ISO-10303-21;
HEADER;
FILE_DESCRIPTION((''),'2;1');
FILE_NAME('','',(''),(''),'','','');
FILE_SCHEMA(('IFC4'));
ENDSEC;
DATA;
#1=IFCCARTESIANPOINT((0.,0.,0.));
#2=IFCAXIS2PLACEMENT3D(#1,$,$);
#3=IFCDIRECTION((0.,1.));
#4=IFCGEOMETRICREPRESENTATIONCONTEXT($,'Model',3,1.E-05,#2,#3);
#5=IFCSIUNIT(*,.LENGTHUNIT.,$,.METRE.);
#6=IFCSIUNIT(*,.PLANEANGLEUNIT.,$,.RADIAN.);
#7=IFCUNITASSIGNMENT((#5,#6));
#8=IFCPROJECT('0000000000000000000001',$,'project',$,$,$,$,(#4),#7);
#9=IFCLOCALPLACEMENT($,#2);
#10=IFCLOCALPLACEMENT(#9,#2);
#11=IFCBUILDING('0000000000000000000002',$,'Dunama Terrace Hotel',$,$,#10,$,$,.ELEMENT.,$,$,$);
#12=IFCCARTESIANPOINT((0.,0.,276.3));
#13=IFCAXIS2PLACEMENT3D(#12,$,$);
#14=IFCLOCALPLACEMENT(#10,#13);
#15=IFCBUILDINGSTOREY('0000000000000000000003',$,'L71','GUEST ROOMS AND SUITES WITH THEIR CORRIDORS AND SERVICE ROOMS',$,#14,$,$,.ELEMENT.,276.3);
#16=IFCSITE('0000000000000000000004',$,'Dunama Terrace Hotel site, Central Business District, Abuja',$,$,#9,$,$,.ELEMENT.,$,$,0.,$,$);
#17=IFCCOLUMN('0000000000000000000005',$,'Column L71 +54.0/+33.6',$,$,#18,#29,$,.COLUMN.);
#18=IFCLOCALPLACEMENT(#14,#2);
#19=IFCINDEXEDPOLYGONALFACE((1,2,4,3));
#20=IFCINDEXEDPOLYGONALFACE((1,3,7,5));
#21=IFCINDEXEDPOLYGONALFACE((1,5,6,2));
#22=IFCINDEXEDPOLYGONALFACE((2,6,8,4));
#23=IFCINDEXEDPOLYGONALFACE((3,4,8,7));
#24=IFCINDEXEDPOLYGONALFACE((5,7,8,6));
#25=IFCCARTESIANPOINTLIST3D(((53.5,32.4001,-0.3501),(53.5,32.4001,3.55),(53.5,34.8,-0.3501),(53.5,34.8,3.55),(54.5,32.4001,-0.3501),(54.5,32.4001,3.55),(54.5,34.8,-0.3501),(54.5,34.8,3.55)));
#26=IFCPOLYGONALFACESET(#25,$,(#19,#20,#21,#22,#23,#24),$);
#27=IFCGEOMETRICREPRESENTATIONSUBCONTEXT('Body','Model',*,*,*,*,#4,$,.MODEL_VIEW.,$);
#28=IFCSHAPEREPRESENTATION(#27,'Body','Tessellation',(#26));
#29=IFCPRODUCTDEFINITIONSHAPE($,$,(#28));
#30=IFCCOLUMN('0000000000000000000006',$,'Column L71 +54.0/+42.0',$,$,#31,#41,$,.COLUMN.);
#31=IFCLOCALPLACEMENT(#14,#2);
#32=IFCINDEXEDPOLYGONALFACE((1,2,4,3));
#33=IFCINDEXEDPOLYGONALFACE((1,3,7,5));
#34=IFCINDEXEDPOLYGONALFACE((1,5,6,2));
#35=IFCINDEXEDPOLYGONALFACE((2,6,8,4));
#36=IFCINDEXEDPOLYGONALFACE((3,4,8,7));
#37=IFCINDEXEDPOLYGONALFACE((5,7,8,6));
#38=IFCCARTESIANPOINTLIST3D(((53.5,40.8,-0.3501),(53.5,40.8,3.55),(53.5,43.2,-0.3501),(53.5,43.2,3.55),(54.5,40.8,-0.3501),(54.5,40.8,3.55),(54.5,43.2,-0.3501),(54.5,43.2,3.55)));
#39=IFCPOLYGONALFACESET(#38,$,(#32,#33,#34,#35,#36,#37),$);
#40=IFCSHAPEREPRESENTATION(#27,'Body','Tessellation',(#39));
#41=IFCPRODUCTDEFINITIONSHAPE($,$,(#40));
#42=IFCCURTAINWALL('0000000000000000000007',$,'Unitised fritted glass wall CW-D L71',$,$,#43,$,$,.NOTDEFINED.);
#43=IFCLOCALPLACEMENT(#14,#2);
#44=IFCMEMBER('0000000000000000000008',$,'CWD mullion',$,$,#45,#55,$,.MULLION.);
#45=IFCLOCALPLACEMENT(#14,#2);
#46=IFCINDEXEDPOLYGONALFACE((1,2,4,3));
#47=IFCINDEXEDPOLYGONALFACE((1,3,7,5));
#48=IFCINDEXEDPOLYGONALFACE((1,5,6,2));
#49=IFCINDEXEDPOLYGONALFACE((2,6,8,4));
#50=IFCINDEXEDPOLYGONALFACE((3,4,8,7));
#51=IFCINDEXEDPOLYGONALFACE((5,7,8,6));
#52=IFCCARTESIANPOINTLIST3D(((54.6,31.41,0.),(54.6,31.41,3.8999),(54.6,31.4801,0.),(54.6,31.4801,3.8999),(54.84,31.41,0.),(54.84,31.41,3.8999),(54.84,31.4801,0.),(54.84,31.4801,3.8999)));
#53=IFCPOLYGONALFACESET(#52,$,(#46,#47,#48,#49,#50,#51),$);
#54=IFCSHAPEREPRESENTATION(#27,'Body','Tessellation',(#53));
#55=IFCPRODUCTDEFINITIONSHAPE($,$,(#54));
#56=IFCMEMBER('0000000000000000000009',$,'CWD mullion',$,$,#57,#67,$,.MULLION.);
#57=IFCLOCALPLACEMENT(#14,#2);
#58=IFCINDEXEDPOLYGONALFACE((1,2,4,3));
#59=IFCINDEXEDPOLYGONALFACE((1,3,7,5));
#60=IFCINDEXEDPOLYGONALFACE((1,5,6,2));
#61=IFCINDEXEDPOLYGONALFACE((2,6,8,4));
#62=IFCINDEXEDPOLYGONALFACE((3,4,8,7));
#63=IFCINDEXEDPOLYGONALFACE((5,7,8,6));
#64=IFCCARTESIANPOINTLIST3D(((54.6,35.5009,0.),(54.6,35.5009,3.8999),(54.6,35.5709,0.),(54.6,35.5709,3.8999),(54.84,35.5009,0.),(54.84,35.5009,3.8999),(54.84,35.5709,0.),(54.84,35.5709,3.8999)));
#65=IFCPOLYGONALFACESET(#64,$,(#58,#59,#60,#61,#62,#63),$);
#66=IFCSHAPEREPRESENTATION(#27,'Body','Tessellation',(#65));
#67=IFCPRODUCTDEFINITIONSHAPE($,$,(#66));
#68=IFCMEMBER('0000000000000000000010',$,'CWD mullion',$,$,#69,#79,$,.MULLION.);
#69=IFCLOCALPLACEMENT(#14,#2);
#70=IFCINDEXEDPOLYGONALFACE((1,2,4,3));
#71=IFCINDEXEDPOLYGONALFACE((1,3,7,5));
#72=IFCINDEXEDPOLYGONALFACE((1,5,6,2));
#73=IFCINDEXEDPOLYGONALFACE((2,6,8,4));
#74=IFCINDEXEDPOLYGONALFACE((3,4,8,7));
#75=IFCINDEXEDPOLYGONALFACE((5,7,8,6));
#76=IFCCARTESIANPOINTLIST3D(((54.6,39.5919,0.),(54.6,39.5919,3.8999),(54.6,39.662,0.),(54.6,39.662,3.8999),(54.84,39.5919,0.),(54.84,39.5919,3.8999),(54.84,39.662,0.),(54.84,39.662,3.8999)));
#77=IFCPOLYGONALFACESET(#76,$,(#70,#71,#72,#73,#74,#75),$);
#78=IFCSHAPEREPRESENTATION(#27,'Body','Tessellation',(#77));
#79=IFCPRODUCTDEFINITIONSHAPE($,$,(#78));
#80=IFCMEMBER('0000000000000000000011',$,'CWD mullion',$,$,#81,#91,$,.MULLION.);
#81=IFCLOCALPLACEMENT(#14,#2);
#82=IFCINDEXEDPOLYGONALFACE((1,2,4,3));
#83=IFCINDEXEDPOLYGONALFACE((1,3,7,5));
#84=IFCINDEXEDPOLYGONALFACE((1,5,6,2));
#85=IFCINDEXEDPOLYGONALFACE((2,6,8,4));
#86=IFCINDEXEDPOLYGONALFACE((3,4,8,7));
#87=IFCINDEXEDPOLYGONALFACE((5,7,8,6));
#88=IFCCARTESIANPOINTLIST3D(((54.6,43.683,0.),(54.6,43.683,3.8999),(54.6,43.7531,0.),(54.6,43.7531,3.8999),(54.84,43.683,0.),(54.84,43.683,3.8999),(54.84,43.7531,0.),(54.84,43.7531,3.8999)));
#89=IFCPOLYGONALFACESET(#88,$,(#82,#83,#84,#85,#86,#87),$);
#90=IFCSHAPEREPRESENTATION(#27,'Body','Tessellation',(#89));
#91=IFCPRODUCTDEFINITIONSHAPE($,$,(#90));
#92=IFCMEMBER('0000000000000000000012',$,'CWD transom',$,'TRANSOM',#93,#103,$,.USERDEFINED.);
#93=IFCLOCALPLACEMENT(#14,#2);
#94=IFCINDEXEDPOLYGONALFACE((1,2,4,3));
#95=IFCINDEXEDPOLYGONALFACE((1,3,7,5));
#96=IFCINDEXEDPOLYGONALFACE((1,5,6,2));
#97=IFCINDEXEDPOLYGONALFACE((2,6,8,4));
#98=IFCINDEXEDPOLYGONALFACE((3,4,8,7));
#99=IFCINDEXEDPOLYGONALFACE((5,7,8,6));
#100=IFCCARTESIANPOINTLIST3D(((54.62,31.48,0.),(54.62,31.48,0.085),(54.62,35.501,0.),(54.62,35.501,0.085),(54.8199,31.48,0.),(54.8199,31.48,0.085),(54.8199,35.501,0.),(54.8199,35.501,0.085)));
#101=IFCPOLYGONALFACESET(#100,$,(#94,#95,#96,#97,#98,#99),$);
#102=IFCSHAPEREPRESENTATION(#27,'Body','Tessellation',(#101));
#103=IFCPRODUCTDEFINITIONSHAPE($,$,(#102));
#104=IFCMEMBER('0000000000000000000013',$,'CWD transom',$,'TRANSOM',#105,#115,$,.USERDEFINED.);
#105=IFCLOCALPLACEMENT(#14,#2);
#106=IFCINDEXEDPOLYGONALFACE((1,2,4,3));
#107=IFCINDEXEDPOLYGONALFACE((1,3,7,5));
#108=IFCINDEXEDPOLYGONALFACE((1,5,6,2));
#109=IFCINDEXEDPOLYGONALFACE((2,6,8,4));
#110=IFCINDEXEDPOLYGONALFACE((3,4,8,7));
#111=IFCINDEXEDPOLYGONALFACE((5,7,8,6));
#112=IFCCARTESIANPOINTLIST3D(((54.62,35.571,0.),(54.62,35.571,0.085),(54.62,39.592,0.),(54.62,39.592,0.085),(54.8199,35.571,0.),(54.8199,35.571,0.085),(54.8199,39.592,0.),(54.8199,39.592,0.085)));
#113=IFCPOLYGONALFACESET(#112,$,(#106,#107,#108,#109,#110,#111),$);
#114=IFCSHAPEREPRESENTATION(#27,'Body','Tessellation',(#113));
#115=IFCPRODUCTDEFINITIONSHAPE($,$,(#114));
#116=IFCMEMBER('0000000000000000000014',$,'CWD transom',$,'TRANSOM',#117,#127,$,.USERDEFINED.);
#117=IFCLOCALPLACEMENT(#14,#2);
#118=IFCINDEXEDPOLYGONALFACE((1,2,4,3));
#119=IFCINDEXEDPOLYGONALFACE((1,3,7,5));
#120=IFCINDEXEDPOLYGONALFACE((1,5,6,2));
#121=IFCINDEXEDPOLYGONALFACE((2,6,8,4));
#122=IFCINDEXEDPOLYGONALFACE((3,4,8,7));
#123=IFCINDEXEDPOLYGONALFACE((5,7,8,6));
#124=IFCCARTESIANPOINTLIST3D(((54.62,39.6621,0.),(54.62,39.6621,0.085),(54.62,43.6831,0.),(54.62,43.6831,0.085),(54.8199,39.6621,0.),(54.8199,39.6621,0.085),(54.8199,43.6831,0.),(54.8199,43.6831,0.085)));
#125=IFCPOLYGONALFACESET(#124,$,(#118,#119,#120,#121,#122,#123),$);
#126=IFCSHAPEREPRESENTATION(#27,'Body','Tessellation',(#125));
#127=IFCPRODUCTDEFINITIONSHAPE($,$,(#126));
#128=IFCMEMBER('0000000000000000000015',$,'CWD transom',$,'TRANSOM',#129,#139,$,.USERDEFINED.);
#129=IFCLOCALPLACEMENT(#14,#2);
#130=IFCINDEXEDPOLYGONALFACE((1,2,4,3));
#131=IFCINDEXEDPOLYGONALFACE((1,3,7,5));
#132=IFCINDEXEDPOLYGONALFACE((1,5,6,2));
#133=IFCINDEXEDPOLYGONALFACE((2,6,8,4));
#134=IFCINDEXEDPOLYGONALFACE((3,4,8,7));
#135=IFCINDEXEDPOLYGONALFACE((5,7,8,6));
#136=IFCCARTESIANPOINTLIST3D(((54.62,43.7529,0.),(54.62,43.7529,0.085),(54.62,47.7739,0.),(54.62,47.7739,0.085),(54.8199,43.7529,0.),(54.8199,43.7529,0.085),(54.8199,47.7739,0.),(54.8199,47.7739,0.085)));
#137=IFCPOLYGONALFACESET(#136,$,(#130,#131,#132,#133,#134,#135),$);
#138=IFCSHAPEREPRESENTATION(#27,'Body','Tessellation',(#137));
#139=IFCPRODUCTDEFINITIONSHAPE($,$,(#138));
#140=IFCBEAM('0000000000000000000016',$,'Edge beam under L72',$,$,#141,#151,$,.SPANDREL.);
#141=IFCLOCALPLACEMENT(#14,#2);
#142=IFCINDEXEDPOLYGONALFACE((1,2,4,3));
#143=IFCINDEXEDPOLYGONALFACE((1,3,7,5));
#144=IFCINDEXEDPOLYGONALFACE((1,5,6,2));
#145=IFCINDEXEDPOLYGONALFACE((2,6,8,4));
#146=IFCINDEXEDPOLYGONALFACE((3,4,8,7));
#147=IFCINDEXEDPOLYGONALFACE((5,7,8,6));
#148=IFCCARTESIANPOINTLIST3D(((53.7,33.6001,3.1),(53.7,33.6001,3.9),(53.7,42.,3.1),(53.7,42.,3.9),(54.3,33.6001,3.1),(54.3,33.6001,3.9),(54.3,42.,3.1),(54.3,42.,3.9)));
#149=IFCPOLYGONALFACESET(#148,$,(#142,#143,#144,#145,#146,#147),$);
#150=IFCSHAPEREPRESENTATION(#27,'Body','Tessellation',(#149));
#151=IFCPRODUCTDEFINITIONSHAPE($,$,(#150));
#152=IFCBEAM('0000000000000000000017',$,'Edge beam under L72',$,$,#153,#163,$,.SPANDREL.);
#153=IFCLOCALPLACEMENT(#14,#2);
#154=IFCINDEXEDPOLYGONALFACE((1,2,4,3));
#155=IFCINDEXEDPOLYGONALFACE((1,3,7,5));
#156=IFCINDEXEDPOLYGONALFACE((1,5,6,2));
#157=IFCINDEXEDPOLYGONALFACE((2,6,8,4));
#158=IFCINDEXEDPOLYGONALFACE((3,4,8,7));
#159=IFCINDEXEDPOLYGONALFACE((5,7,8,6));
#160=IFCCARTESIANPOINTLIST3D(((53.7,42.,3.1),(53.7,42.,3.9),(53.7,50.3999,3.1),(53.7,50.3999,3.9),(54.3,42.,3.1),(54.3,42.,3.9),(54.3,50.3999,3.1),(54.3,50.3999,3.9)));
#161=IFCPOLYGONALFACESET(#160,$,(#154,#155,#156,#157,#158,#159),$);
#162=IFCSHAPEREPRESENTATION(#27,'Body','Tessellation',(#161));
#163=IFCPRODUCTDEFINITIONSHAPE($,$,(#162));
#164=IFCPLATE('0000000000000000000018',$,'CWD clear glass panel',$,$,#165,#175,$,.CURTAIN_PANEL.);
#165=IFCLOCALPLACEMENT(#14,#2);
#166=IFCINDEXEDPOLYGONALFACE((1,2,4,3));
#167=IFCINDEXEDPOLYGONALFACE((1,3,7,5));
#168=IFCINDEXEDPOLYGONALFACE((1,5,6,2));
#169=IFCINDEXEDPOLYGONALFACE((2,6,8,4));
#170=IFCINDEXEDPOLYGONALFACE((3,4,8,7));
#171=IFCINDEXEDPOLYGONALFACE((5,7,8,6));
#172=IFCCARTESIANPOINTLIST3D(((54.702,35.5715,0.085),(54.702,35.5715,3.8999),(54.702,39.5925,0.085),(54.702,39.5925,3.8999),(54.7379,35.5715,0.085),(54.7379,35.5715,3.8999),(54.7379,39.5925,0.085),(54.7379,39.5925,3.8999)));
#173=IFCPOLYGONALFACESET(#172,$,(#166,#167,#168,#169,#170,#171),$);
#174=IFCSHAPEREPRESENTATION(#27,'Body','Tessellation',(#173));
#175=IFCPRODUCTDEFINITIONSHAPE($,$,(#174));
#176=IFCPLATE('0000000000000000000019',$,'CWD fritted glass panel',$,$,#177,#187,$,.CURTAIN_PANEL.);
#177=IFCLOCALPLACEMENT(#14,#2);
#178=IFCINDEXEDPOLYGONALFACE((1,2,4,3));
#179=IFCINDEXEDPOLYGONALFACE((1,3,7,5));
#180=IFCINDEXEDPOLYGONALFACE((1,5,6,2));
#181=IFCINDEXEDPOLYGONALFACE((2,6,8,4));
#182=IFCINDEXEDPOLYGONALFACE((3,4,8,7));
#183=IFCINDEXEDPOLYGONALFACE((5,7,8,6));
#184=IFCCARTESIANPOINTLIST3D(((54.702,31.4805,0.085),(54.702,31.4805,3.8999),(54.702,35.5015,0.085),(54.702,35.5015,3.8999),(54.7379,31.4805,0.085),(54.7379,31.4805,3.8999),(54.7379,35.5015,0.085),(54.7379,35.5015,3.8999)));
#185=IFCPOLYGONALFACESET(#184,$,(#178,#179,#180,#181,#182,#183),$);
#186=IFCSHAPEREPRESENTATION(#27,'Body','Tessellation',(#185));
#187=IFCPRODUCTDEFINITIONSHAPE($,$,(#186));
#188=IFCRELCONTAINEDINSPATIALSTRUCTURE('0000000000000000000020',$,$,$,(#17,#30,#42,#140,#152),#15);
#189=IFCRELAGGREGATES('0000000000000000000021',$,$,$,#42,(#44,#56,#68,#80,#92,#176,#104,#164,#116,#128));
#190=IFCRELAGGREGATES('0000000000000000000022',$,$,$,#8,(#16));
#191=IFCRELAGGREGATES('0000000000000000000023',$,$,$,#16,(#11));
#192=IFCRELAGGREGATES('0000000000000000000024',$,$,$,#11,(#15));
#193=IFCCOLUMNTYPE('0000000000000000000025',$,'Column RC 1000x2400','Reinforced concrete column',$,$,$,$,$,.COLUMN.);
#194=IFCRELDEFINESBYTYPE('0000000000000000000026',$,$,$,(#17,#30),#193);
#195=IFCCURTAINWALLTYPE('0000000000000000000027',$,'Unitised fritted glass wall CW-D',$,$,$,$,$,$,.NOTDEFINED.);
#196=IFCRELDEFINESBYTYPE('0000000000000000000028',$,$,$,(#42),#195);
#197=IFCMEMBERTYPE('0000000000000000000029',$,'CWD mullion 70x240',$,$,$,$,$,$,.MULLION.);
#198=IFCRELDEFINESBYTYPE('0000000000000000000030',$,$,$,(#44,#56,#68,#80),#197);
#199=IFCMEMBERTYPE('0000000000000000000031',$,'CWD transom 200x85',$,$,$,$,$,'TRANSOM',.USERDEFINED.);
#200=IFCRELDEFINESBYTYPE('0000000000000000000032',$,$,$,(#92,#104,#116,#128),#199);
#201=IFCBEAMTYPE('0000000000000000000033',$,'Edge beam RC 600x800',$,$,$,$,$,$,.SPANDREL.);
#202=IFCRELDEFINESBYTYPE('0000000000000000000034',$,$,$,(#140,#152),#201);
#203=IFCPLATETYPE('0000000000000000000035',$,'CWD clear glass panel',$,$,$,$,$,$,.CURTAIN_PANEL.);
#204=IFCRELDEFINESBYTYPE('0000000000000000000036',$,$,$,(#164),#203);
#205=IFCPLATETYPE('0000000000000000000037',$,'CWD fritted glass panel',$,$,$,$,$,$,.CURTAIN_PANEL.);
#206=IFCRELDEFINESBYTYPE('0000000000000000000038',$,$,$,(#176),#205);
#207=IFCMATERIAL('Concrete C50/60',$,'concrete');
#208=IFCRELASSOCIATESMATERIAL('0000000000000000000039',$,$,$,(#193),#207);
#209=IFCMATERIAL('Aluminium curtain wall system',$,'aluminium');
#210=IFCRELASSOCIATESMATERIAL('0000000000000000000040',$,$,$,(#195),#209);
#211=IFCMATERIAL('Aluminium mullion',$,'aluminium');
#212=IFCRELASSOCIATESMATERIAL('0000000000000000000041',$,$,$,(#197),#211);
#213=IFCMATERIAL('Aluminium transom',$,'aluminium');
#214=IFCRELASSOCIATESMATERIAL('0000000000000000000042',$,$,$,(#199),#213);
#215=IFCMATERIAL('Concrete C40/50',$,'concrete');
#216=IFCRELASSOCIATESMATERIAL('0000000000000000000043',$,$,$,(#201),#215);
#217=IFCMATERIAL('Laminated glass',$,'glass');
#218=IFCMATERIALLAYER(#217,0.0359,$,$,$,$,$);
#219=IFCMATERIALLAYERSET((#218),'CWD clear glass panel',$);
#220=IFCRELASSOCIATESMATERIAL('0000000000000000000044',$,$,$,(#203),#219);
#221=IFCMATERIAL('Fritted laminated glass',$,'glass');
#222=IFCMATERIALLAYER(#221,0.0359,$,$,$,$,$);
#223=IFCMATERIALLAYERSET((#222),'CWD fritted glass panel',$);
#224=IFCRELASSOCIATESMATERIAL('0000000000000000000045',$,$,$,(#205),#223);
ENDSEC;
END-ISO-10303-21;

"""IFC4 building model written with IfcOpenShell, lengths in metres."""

from ifc_helpers import new_model, si_unit, direction, frame, origin, origin_2d, place, context, subcontext, project, spatial, rectangle, extrude, material, layer, layer_set, material_profile, profile_set, type_object, element, aggregate, save


model = new_model("IFC4")

# Units and contexts
model_context = context("Model", 3, precision=1e-05, world=origin(), true_north=direction((0.0, 1.0)))
body_context = subcontext(model_context, "Body", "Model", "MODEL_VIEW")
ifc_project = project(units=[si_unit("LENGTHUNIT", "METRE"), si_unit("PLANEANGLEUNIT", "RADIAN")], contexts=[model_context])

# Site, building, storey
site_placement = place(None, origin())
site = spatial("IfcSite", under=ifc_project, at=site_placement, Name="Dunama Terrace Hotel site, Central Business District, Abuja", CompositionType="ELEMENT", RefElevation=0.0)
building_placement = place(site_placement, origin())
building = spatial("IfcBuilding", under=site, at=building_placement, Name="Dunama Terrace Hotel", CompositionType="ELEMENT")
storey_placement = place(building_placement, frame((0.0, 0.0, 276.3)))
storey = spatial("IfcBuildingStorey", under=building, at=storey_placement, Name="L71", Description="GUEST ROOMS AND SUITES WITH THEIR CORRIDORS AND SERVICE ROOMS", CompositionType="ELEMENT", Elevation=276.3)

# Columns
ifc_material_1 = material(Name="Concrete C50/60", Category="concrete")
ifc_material_profile_1 = material_profile(ifc_material_1, rectangle(XDim=1.0, YDim=2.3999, at=origin_2d()), Name="RC 1000x2400")
ifc_profile_set_1 = profile_set([ifc_material_profile_1], Name="Concrete C50/60")
column_type = type_object("IfcColumnType", Name="Column RC 1000x2400", Description="Reinforced concrete column", PredefinedType="COLUMN", material=ifc_profile_set_1)
for number, where, z_axis, x_axis, name in (
    (1, (54.0, 33.6001, -0.3501), (0.0, 0.0, 1.0), (1.0, 0.0, 0.0), "Column L71 +54.0/+33.6"),
    (2, (54.0, 42.0, -0.3501), (0.0, 0.0, 1.0), (1.0, 0.0, 0.0), "Column L71 +54.0/+42.0"),
):
    element("IfcColumn", number, at=place(storey_placement, frame(where, z_axis=z_axis, x_axis=x_axis)), inside=storey, type_object=column_type, Name=name, PredefinedType="COLUMN", context=body_context, shape_type="SweptSolid", body=[
        extrude(rectangle(XDim=1.0, YDim=2.3999, at=origin_2d()), origin(), (0.0, 0.0, 1.0), 3.9001),
    ])

# Curtain wall, members
ifc_material_2 = material(Name="Aluminium curtain wall system", Category="aluminium")
curtain_wall_type = type_object("IfcCurtainWallType", Name="Unitised fritted glass wall CW-D", PredefinedType="NOTDEFINED", material=ifc_material_2)
curtain_wall_placement = place(storey_placement, origin())
curtain_wall = element("IfcCurtainWall", 3, at=curtain_wall_placement, inside=storey, type_object=curtain_wall_type, Name="Unitised fritted glass wall CW-D L71", PredefinedType="NOTDEFINED")
ifc_material_3 = material(Name="Aluminium mullion", Category="aluminium")
ifc_material_profile_2 = material_profile(ifc_material_3, rectangle(XDim=0.0701, YDim=0.24, at=origin_2d()), Name="CWD MULLION 70X240")
ifc_profile_set_2 = profile_set([ifc_material_profile_2], Name="Aluminium mullion")
member_type_1 = type_object("IfcMemberType", Name="CWD mullion 70x240", PredefinedType="MULLION", material=ifc_profile_set_2)
member_1_placement = place(storey_placement, frame((54.72, 31.4451, 0.0), z_axis=(0.0, 0.0, 1.0), x_axis=(0.0, 1.0, 0.0)))
member_1 = element("IfcMember", 4, at=member_1_placement, type_object=member_type_1, Name="CWD mullion", PredefinedType="MULLION", context=body_context, shape_type="SweptSolid", body=[
    extrude(rectangle(XDim=0.0701, YDim=0.24, at=origin_2d()), origin(), (0.0, 0.0, 1.0), 3.8999),
])
member_2_placement = place(storey_placement, frame((54.72, 35.5359, 0.0), z_axis=(0.0, 0.0, 1.0), x_axis=(0.0, 1.0, 0.0)))
member_2 = element("IfcMember", 5, at=member_2_placement, type_object=member_type_1, Name="CWD mullion", PredefinedType="MULLION", context=body_context, shape_type="SweptSolid", body=[
    extrude(rectangle(XDim=0.0701, YDim=0.24, at=origin_2d()), origin(), (0.0, 0.0, 1.0), 3.8999),
])
member_3_placement = place(storey_placement, frame((54.72, 39.627, 0.0), z_axis=(0.0, 0.0, 1.0), x_axis=(0.0, 1.0, 0.0)))
member_3 = element("IfcMember", 6, at=member_3_placement, type_object=member_type_1, Name="CWD mullion", PredefinedType="MULLION", context=body_context, shape_type="SweptSolid", body=[
    extrude(rectangle(XDim=0.0701, YDim=0.24, at=origin_2d()), origin(), (0.0, 0.0, 1.0), 3.8999),
])
member_4_placement = place(storey_placement, frame((54.72, 43.718, 0.0), z_axis=(0.0, 0.0, 1.0), x_axis=(0.0, 1.0, 0.0)))
member_4 = element("IfcMember", 7, at=member_4_placement, type_object=member_type_1, Name="CWD mullion", PredefinedType="MULLION", context=body_context, shape_type="SweptSolid", body=[
    extrude(rectangle(XDim=0.0701, YDim=0.24, at=origin_2d()), origin(), (0.0, 0.0, 1.0), 3.8999),
])
ifc_material_4 = material(Name="Aluminium transom", Category="aluminium")
ifc_material_profile_3 = material_profile(ifc_material_4, rectangle(XDim=0.2, YDim=0.085, at=origin_2d()), Name="CWD TRANSOM 200X85")
ifc_profile_set_3 = profile_set([ifc_material_profile_3], Name="Aluminium transom")
member_type_2 = type_object("IfcMemberType", Name="CWD transom 200x85", ElementType="TRANSOM", PredefinedType="USERDEFINED", material=ifc_profile_set_3)
member_5_placement = place(storey_placement, frame((54.72, 31.48, 0.0425), z_axis=(0.0, 1.0, 0.0), x_axis=(-1.0, 0.0, 0.0)))
member_5 = element("IfcMember", 8, at=member_5_placement, type_object=member_type_2, Name="CWD transom", ObjectType="TRANSOM", PredefinedType="USERDEFINED", context=body_context, shape_type="SweptSolid", body=[
    extrude(rectangle(XDim=0.2, YDim=0.085, at=origin_2d()), origin(), (0.0, 0.0, 1.0), 4.021),
])
member_6_placement = place(storey_placement, frame((54.72, 35.571, 0.0425), z_axis=(0.0, 1.0, 0.0), x_axis=(-1.0, 0.0, 0.0)))
member_6 = element("IfcMember", 9, at=member_6_placement, type_object=member_type_2, Name="CWD transom", ObjectType="TRANSOM", PredefinedType="USERDEFINED", context=body_context, shape_type="SweptSolid", body=[
    extrude(rectangle(XDim=0.2, YDim=0.085, at=origin_2d()), origin(), (0.0, 0.0, 1.0), 4.021),
])
member_7_placement = place(storey_placement, frame((54.72, 39.6621, 0.0425), z_axis=(0.0, 1.0, 0.0), x_axis=(-1.0, 0.0, 0.0)))
member_7 = element("IfcMember", 10, at=member_7_placement, type_object=member_type_2, Name="CWD transom", ObjectType="TRANSOM", PredefinedType="USERDEFINED", context=body_context, shape_type="SweptSolid", body=[
    extrude(rectangle(XDim=0.2, YDim=0.085, at=origin_2d()), origin(), (0.0, 0.0, 1.0), 4.021),
])
member_8_placement = place(storey_placement, frame((54.72, 43.7529, 0.0425), z_axis=(0.0, 1.0, 0.0), x_axis=(-1.0, 0.0, 0.0)))
member_8 = element("IfcMember", 11, at=member_8_placement, type_object=member_type_2, Name="CWD transom", ObjectType="TRANSOM", PredefinedType="USERDEFINED", context=body_context, shape_type="SweptSolid", body=[
    extrude(rectangle(XDim=0.2, YDim=0.085, at=origin_2d()), origin(), (0.0, 0.0, 1.0), 4.021),
])

# Beams
ifc_material_5 = material(Name="Concrete C40/50", Category="concrete")
ifc_material_profile_4 = material_profile(ifc_material_5, rectangle(XDim=0.6001, YDim=0.8, at=origin_2d()), Name="RC 600x800")
ifc_profile_set_4 = profile_set([ifc_material_profile_4], Name="Concrete C40/50")
beam_type = type_object("IfcBeamType", Name="Edge beam RC 600x800", PredefinedType="SPANDREL", material=ifc_profile_set_4)
for number, where, z_axis, x_axis, name in (
    (12, (54.0, 33.6001, 3.5), (0.0, 1.0, 0.0), (-1.0, 0.0, 0.0), "Edge beam under L72"),
    (13, (54.0, 42.0, 3.5), (0.0, 1.0, 0.0), (-1.0, 0.0, 0.0), "Edge beam under L72"),
):
    element("IfcBeam", number, at=place(storey_placement, frame(where, z_axis=z_axis, x_axis=x_axis)), inside=storey, type_object=beam_type, Name=name, PredefinedType="SPANDREL", context=body_context, shape_type="SweptSolid", body=[
        extrude(rectangle(XDim=0.6001, YDim=0.8, at=origin_2d()), origin(), (0.0, 0.0, 1.0), 8.3999),
    ])

# Plates
ifc_material_6 = material(Name="Laminated glass", Category="glass")
ifc_layer_1 = layer(ifc_material_6, 0.0359)
ifc_layer_set_1 = layer_set([ifc_layer_1], Name="CWD clear glass panel")
plate_type_1 = type_object("IfcPlateType", Name="CWD clear glass panel", PredefinedType="CURTAIN_PANEL", material=ifc_layer_set_1)
plate_1_placement = place(storey_placement, frame((54.72, 37.582, 0.085), z_axis=(0.0, 0.0, 1.0), x_axis=(0.0, 1.0, 0.0)))
plate_1 = element("IfcPlate", 14, at=plate_1_placement, type_object=plate_type_1, Name="CWD clear glass panel", PredefinedType="CURTAIN_PANEL", context=body_context, shape_type="SweptSolid", body=[
    extrude(rectangle(XDim=4.021, YDim=0.0359, at=origin_2d()), origin(), (0.0, 0.0, 1.0), 3.8149),
])
ifc_material_7 = material(Name="Fritted laminated glass", Category="glass")
ifc_layer_2 = layer(ifc_material_7, 0.0359)
ifc_layer_set_2 = layer_set([ifc_layer_2], Name="CWD fritted glass panel")
plate_type_2 = type_object("IfcPlateType", Name="CWD fritted glass panel", PredefinedType="CURTAIN_PANEL", material=ifc_layer_set_2)
plate_2_placement = place(storey_placement, frame((54.72, 33.491, 0.085), z_axis=(0.0, 0.0, 1.0), x_axis=(0.0, 1.0, 0.0)))
plate_2 = element("IfcPlate", 15, at=plate_2_placement, type_object=plate_type_2, Name="CWD fritted glass panel", PredefinedType="CURTAIN_PANEL", context=body_context, shape_type="SweptSolid", body=[
    extrude(rectangle(XDim=4.021, YDim=0.0359, at=origin_2d()), origin(), (0.0, 0.0, 1.0), 3.8149),
])
aggregate(curtain_wall, [member_1, member_2, member_3, member_4, member_5, plate_2, member_6, plate_1, member_7, member_8])

save(model, "model.ifc")
